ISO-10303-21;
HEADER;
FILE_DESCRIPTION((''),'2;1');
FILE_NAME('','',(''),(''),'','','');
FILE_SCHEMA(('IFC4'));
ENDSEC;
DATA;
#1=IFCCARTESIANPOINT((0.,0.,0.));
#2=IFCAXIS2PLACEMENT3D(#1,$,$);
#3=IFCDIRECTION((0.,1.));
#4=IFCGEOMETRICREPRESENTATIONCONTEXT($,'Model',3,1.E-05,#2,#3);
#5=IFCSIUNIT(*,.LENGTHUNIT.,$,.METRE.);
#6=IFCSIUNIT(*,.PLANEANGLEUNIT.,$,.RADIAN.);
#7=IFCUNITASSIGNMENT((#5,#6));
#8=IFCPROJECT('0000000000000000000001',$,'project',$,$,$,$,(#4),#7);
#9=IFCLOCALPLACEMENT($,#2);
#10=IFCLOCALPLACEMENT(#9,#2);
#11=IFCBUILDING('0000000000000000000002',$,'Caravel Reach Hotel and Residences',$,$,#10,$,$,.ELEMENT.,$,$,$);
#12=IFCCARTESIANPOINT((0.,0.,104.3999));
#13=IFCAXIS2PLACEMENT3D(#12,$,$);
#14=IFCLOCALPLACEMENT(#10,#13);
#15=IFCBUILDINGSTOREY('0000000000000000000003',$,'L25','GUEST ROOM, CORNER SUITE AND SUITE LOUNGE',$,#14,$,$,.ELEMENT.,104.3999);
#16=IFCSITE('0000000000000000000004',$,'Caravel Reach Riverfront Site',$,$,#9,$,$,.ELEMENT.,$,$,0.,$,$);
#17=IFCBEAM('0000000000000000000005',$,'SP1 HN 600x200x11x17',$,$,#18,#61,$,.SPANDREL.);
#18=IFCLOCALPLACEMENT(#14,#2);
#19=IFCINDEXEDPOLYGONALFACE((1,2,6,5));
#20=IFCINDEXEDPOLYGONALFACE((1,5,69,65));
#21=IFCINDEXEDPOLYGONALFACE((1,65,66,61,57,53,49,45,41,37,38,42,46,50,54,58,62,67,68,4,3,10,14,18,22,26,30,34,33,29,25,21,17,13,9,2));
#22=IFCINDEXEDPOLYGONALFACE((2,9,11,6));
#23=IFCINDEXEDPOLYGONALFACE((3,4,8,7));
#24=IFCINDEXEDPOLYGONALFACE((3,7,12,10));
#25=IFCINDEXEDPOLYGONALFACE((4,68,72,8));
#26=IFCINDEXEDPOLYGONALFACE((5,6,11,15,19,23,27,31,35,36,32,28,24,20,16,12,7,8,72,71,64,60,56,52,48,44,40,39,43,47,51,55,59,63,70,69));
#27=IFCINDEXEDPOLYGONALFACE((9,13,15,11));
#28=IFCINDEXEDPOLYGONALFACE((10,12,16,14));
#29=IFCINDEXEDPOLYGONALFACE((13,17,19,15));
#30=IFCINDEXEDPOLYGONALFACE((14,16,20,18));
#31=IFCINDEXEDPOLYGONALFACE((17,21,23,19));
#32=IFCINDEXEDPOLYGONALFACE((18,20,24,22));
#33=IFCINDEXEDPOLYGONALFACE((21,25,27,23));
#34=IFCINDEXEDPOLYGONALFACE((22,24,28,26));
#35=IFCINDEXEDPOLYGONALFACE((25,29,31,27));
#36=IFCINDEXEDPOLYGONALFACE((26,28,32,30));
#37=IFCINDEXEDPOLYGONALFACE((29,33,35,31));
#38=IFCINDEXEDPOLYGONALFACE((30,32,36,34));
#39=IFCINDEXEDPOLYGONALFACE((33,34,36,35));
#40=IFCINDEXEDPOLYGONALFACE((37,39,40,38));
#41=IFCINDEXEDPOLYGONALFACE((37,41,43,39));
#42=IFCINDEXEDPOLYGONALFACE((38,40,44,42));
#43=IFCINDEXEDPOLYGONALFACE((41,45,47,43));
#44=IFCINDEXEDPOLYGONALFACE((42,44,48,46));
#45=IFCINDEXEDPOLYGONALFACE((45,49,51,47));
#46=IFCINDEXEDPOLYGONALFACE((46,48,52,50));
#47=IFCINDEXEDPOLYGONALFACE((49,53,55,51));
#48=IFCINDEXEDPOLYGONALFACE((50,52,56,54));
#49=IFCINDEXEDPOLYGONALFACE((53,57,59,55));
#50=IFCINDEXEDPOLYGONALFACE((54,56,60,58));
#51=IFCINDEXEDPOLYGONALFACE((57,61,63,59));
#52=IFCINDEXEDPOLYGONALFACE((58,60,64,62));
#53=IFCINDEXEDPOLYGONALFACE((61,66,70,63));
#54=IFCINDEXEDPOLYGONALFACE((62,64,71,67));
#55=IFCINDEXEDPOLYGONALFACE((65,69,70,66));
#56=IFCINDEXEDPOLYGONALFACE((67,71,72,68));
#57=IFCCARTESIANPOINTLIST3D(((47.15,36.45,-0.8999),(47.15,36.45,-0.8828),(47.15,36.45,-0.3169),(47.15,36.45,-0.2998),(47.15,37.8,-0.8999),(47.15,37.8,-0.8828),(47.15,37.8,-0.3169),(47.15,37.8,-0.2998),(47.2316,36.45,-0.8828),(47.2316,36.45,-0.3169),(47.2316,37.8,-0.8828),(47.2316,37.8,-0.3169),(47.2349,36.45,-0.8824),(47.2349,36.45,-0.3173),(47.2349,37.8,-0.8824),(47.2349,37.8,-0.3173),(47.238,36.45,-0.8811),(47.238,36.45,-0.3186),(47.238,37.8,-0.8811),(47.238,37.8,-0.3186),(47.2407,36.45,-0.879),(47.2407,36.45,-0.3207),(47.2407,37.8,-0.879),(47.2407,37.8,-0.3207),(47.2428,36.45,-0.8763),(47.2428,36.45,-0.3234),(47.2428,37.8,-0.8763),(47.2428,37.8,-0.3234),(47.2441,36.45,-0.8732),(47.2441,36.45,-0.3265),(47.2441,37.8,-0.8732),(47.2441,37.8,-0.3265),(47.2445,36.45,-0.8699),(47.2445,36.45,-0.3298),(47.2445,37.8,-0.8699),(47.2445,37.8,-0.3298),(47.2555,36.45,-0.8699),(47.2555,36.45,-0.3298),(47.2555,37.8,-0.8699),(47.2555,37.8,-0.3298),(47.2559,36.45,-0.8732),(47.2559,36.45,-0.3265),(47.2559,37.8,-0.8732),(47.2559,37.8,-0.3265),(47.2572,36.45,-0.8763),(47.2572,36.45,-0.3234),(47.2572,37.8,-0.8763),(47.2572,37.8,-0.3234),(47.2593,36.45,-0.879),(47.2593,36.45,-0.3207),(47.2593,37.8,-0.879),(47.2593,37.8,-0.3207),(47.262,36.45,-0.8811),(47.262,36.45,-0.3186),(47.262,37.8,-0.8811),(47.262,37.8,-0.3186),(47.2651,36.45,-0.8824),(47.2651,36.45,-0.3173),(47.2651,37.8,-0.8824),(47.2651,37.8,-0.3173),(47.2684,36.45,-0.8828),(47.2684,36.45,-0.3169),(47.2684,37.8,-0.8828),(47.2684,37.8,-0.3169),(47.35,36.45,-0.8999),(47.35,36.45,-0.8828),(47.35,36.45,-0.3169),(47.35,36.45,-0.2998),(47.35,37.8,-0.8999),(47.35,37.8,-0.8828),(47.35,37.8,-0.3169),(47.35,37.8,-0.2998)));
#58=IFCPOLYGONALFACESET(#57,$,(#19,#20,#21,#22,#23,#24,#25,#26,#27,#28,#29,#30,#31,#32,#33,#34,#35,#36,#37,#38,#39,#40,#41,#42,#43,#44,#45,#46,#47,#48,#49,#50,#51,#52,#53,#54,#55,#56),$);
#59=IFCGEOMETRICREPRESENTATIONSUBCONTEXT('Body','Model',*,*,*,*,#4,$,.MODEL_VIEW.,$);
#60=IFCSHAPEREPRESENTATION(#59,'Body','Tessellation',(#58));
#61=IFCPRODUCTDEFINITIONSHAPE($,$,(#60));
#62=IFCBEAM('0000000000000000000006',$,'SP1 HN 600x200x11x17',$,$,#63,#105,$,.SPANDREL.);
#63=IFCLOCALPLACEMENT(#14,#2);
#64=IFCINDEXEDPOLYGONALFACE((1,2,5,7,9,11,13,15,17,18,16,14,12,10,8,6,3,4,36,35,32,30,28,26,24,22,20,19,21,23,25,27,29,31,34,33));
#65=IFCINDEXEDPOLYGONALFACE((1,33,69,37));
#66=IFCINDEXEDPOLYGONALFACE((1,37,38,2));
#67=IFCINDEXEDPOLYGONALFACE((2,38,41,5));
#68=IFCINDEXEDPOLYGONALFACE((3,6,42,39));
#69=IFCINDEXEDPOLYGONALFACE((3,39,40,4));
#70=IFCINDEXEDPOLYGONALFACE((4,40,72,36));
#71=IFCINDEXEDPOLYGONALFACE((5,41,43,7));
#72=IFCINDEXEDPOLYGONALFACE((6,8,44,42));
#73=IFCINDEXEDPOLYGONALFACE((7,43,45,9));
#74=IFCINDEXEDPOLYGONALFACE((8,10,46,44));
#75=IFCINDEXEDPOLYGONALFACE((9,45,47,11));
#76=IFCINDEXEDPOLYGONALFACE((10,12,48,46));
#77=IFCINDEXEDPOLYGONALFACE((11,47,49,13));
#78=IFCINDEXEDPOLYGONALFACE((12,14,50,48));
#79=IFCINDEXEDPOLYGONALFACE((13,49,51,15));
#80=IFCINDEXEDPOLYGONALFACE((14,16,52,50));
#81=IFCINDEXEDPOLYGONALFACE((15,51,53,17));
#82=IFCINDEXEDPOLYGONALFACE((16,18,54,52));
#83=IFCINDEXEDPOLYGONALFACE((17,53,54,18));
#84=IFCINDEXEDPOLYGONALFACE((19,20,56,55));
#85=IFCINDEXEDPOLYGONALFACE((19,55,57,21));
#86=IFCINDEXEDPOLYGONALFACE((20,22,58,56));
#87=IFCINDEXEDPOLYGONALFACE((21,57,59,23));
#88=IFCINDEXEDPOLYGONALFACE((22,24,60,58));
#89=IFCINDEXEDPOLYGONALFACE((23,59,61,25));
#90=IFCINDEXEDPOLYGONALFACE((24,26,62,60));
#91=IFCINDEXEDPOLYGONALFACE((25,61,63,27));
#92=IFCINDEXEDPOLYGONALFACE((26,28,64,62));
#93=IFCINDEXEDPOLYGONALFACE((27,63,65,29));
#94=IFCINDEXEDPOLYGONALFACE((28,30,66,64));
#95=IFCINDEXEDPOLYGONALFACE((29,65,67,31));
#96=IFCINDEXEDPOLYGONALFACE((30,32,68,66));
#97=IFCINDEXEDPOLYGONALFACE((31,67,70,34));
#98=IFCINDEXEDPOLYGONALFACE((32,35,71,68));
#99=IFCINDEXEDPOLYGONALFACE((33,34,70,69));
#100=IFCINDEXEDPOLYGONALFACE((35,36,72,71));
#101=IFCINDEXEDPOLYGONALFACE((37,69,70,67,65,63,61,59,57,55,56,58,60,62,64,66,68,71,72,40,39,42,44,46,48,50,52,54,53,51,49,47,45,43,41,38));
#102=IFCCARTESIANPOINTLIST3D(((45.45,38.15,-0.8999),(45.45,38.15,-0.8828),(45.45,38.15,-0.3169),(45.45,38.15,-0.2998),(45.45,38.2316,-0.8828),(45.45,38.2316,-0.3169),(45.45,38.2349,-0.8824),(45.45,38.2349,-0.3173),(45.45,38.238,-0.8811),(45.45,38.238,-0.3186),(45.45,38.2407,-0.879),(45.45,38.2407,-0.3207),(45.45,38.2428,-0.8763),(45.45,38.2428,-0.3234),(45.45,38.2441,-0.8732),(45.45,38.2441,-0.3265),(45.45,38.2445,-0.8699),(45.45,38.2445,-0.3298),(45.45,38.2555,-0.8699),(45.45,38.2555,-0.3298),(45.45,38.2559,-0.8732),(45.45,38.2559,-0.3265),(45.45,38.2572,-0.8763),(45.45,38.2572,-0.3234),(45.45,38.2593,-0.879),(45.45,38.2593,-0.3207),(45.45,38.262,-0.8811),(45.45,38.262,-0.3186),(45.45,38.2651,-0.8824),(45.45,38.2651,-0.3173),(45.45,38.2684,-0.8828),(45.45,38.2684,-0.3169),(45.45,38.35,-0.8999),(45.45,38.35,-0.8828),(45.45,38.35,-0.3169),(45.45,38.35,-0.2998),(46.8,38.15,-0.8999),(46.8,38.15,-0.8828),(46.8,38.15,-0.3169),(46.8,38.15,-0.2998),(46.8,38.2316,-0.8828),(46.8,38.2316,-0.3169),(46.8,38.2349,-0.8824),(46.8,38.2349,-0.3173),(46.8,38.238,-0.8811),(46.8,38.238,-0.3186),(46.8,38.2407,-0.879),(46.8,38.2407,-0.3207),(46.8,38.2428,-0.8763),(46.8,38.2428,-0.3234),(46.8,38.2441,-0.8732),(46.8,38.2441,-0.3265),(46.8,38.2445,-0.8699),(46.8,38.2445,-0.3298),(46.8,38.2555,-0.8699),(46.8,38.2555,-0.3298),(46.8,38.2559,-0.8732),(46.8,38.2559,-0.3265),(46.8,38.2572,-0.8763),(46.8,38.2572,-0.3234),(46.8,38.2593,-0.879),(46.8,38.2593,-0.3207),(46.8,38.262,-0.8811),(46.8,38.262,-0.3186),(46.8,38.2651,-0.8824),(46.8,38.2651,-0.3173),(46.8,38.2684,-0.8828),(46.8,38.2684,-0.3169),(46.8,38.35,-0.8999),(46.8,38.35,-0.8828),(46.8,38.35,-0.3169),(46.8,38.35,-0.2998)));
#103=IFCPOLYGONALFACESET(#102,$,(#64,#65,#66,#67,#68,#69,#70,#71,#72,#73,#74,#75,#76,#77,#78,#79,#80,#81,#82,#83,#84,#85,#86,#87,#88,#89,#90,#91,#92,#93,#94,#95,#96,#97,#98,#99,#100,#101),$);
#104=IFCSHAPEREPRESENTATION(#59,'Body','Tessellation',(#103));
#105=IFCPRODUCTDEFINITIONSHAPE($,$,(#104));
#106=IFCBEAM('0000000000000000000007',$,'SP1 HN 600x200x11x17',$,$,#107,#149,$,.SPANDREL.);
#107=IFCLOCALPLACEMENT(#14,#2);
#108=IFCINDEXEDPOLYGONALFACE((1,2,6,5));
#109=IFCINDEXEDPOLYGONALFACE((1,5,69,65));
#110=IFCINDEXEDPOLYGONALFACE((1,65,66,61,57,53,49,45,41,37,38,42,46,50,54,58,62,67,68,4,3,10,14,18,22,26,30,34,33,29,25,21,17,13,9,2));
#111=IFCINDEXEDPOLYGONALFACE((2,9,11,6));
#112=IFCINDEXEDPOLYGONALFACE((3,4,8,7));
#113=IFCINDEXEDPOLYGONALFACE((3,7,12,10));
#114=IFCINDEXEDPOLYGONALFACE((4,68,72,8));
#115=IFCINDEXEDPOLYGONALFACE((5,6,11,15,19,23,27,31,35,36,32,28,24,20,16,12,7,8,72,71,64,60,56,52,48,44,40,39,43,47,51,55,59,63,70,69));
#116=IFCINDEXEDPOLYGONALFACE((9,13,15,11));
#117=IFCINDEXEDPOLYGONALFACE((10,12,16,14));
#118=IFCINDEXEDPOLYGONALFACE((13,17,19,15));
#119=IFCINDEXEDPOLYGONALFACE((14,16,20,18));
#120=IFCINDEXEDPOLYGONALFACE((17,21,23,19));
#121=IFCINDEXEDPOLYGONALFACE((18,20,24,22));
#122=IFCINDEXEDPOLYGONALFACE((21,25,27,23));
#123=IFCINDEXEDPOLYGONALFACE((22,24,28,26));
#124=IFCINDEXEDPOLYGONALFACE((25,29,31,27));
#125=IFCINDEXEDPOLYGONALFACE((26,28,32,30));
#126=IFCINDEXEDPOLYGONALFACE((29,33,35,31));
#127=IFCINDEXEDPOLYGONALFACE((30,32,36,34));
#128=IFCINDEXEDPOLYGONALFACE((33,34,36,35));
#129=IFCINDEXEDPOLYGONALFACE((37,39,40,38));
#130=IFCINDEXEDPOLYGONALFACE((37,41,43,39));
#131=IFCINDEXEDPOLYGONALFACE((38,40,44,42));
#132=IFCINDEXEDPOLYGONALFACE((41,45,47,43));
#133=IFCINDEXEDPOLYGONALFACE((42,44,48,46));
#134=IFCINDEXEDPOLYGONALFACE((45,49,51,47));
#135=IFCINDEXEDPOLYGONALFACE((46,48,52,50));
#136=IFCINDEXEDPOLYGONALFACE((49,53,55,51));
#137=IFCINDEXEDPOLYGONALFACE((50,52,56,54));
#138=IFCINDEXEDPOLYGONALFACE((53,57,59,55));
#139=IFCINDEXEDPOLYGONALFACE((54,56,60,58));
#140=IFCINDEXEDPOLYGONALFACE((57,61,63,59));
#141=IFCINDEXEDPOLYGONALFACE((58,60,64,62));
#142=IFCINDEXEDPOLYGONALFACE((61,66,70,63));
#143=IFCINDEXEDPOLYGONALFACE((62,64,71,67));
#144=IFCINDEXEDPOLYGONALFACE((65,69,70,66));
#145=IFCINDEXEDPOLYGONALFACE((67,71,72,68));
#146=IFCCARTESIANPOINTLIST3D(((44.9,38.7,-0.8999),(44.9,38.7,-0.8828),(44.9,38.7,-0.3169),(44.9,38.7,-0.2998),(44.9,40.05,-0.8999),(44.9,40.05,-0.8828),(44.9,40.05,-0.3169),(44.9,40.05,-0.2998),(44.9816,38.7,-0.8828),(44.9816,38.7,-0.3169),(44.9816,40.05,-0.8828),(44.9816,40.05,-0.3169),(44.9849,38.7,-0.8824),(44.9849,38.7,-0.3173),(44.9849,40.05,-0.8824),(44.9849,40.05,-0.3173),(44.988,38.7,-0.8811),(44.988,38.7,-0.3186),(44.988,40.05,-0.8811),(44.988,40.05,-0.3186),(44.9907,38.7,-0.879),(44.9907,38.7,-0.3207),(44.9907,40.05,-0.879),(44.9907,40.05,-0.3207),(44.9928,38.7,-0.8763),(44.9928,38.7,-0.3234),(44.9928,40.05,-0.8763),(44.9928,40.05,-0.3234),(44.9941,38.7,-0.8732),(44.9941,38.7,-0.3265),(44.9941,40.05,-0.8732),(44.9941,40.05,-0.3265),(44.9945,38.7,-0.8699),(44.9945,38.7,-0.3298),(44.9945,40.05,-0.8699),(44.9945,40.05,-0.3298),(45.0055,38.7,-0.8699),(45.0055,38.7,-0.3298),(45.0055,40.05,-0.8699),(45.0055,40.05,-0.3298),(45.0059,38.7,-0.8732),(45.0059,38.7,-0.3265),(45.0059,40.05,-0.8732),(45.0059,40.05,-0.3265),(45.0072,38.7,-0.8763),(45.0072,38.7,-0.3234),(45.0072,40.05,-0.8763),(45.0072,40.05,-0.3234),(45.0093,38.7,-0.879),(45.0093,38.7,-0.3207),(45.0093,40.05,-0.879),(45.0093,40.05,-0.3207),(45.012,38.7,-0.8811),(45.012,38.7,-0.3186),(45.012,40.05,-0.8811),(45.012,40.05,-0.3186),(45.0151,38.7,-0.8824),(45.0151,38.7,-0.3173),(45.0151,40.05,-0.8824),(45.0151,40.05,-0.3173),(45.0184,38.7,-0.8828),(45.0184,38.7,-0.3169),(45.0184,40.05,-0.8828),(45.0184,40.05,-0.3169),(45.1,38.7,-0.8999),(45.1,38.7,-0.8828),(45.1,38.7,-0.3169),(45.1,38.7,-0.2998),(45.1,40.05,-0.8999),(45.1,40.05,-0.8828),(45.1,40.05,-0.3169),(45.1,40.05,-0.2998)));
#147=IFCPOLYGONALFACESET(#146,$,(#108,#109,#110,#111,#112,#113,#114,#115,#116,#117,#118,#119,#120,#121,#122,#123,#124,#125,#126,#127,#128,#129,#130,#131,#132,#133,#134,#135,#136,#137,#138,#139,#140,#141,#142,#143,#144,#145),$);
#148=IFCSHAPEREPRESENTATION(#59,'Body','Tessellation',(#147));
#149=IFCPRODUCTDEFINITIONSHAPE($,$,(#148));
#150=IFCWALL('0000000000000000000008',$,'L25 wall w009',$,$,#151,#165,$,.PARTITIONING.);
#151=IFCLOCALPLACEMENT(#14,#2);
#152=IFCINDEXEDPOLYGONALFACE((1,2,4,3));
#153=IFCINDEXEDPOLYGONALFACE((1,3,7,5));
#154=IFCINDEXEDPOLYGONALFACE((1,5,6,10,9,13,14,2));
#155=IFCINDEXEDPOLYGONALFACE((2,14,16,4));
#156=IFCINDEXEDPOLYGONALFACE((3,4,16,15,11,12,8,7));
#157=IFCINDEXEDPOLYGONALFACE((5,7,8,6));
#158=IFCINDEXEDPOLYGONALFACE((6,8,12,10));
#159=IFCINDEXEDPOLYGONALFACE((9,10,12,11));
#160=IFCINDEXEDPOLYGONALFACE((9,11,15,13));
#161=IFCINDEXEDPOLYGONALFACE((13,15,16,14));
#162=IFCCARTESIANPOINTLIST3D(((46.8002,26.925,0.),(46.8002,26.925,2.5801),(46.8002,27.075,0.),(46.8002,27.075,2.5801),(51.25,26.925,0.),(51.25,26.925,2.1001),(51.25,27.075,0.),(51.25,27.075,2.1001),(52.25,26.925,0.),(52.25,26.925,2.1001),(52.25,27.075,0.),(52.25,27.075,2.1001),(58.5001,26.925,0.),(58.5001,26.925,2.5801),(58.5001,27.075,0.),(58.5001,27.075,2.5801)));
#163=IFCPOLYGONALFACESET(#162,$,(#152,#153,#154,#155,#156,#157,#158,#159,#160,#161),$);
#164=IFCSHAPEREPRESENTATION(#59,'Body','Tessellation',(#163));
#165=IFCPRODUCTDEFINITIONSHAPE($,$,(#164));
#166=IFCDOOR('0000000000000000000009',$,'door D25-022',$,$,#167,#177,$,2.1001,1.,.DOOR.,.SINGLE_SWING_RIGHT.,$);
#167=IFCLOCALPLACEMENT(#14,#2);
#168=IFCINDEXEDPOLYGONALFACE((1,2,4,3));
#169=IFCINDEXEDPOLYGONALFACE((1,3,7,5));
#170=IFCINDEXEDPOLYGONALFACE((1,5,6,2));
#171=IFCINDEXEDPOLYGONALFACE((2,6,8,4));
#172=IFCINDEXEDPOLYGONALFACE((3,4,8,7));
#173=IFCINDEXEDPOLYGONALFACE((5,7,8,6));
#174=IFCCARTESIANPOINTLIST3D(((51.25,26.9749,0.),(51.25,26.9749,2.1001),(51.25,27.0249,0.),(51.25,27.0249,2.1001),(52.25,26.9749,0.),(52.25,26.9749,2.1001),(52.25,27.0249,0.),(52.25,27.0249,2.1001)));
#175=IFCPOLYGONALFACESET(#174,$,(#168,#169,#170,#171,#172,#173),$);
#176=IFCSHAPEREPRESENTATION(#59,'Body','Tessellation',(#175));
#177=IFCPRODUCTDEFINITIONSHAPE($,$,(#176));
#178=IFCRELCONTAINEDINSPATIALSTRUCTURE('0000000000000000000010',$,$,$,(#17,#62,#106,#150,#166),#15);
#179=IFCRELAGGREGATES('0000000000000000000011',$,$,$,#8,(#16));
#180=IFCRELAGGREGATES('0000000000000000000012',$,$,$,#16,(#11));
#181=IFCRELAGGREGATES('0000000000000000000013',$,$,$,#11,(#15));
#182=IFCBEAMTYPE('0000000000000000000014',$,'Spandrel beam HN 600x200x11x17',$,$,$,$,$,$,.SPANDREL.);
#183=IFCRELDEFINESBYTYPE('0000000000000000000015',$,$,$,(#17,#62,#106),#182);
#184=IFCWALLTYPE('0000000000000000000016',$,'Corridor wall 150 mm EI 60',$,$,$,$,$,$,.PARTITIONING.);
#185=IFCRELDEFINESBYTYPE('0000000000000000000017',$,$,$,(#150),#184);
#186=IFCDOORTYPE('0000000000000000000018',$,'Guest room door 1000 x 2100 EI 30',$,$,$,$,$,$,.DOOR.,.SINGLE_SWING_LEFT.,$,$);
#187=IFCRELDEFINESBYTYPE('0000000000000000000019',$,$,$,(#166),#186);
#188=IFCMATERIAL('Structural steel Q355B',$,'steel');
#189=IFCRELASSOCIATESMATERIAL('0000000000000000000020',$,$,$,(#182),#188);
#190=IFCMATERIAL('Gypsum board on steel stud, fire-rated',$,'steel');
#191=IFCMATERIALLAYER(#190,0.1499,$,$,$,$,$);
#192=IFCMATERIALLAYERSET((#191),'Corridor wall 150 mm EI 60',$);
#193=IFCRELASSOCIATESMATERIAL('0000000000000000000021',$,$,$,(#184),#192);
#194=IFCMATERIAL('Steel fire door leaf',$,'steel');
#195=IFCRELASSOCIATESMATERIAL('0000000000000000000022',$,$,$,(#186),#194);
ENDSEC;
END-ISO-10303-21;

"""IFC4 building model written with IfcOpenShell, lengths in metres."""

from ifc_helpers import new_model, si_unit, direction, frame, frame_2d, origin, origin_2d, place, context, subcontext, project, spatial, rectangle, i_section, extrude, material, layer, layer_set, material_profile, profile_set, type_object, element, fill, save


model = new_model("IFC4")

# Units and contexts
model_context = context("Model", 3, precision=1e-05, world=origin(), true_north=direction((0.0, 1.0)))
body_context = subcontext(model_context, "Body", "Model", "MODEL_VIEW")
ifc_project = project(units=[si_unit("LENGTHUNIT", "METRE"), si_unit("PLANEANGLEUNIT", "RADIAN")], contexts=[model_context])

# Site, building, storey
site_placement = place(None, origin())
site = spatial("IfcSite", under=ifc_project, at=site_placement, Name="Caravel Reach Riverfront Site", CompositionType="ELEMENT", RefElevation=0.0)
building_placement = place(site_placement, origin())
building = spatial("IfcBuilding", under=site, at=building_placement, Name="Caravel Reach Hotel and Residences", CompositionType="ELEMENT")
storey_placement = place(building_placement, frame((0.0, 0.0, 104.3999)))
storey = spatial("IfcBuildingStorey", under=building, at=storey_placement, Name="L25", Description="GUEST ROOM, CORNER SUITE AND SUITE LOUNGE", CompositionType="ELEMENT", Elevation=104.3999)

# Beams
ifc_material_1 = material(Name="Structural steel Q355B", Category="steel")
ifc_material_profile_1 = material_profile(ifc_material_1, i_section(OverallWidth=0.2, OverallDepth=0.6001, WebThickness=0.011, FlangeThickness=0.0171, FilletRadius=0.0129, at=origin_2d()), Name="HN 600x200x11x17")
ifc_profile_set_1 = profile_set([ifc_material_profile_1], Name="Structural steel Q355B")
beam_type_1 = type_object("IfcBeamType", Name="Spandrel beam HN 600x200x11x17", PredefinedType="SPANDREL", material=ifc_profile_set_1)
for number, where, z_axis, x_axis, name in (
    (1, (47.25, 36.45, -0.5999), (0.0, 1.0, 0.0), (-1.0, 0.0, 0.0), "SP1 HN 600x200x11x17"),
    (2, (46.8, 38.25, -0.5999), (-1.0, 0.0, 0.0), (0.0, -1.0, 0.0), "SP1 HN 600x200x11x17"),
    (3, (45.0, 38.7, -0.5999), (0.0, 1.0, 0.0), (-1.0, 0.0, 0.0), "SP1 HN 600x200x11x17"),
):
    element("IfcBeam", number, at=place(storey_placement, frame(where, z_axis=z_axis, x_axis=x_axis)), inside=storey, type_object=beam_type_1, Name=name, PredefinedType="SPANDREL", context=body_context, shape_type="SweptSolid", body=[
        extrude(i_section(OverallWidth=0.2, OverallDepth=0.6001, WebThickness=0.011, FlangeThickness=0.0171, FilletRadius=0.0129, at=origin_2d()), origin(), (0.0, 0.0, 1.0), 1.3501),
    ])

# Wall, opening, door
ifc_material_2 = material(Name="Gypsum board on steel stud, fire-rated", Category="steel")
ifc_layer_1 = layer(ifc_material_2, 0.1499)
ifc_layer_set_1 = layer_set([ifc_layer_1], Name="Corridor wall 150 mm EI 60")
wall_type_1 = type_object("IfcWallType", Name="Corridor wall 150 mm EI 60", PredefinedType="PARTITIONING", material=ifc_layer_set_1)
wall_1_placement = place(storey_placement, frame((46.8, 27.0, 0.0), z_axis=(0.0, 0.0, 1.0), x_axis=(1.0, 0.0, 0.0)))
wall_1 = element("IfcWall", 4, at=wall_1_placement, inside=storey, type_object=wall_type_1, Name="L25 wall w009", PredefinedType="PARTITIONING", context=body_context, shape_type="SweptSolid", body=[
    extrude(rectangle(XDim=11.7, YDim=0.1499, at=frame_2d((5.8501, 0.0))), origin(), (0.0, 0.0, 1.0), 2.5801),
])
opening_1_placement = place(wall_1_placement, frame((4.45, 0.0, 0.0)))
opening_1 = element("IfcOpeningElement", 5, at=opening_1_placement, cuts=wall_1, PredefinedType="OPENING", context=body_context, shape_type="SweptSolid", body=[
    extrude(rectangle(XDim=1.0, YDim=2.1001, at=frame_2d((0.5, 1.05))), frame((0.0, 0.085, 0.0), z_axis=(0.0, -1.0, 0.0), x_axis=(1.0, 0.0, 0.0)), (0.0, 0.0, 1.0), 0.1699),
])
ifc_material_3 = material(Name="Steel fire door leaf", Category="steel")
door_type_1 = type_object("IfcDoorType", Name="Guest room door 1000 x 2100 EI 30", OperationType="SINGLE_SWING_LEFT", PredefinedType="DOOR", material=ifc_material_3)
door_1_placement = place(opening_1_placement, origin())
door_1 = element("IfcDoor", 6, at=door_1_placement, inside=storey, type_object=door_type_1, Name="door D25-022", OperationType="SINGLE_SWING_RIGHT", OverallHeight=2.1001, OverallWidth=1.0, PredefinedType="DOOR", context=body_context, shape_type="SweptSolid", body=[
    extrude(rectangle(XDim=1.0, YDim=2.1001, at=frame_2d((0.5, 1.05))), frame((0.0, 0.0249, 0.0), z_axis=(0.0, -1.0, 0.0), x_axis=(1.0, 0.0, 0.0)), (0.0, 0.0, 1.0), 0.05),
])
fill(opening_1, door_1)

save(model, "model.ifc")
